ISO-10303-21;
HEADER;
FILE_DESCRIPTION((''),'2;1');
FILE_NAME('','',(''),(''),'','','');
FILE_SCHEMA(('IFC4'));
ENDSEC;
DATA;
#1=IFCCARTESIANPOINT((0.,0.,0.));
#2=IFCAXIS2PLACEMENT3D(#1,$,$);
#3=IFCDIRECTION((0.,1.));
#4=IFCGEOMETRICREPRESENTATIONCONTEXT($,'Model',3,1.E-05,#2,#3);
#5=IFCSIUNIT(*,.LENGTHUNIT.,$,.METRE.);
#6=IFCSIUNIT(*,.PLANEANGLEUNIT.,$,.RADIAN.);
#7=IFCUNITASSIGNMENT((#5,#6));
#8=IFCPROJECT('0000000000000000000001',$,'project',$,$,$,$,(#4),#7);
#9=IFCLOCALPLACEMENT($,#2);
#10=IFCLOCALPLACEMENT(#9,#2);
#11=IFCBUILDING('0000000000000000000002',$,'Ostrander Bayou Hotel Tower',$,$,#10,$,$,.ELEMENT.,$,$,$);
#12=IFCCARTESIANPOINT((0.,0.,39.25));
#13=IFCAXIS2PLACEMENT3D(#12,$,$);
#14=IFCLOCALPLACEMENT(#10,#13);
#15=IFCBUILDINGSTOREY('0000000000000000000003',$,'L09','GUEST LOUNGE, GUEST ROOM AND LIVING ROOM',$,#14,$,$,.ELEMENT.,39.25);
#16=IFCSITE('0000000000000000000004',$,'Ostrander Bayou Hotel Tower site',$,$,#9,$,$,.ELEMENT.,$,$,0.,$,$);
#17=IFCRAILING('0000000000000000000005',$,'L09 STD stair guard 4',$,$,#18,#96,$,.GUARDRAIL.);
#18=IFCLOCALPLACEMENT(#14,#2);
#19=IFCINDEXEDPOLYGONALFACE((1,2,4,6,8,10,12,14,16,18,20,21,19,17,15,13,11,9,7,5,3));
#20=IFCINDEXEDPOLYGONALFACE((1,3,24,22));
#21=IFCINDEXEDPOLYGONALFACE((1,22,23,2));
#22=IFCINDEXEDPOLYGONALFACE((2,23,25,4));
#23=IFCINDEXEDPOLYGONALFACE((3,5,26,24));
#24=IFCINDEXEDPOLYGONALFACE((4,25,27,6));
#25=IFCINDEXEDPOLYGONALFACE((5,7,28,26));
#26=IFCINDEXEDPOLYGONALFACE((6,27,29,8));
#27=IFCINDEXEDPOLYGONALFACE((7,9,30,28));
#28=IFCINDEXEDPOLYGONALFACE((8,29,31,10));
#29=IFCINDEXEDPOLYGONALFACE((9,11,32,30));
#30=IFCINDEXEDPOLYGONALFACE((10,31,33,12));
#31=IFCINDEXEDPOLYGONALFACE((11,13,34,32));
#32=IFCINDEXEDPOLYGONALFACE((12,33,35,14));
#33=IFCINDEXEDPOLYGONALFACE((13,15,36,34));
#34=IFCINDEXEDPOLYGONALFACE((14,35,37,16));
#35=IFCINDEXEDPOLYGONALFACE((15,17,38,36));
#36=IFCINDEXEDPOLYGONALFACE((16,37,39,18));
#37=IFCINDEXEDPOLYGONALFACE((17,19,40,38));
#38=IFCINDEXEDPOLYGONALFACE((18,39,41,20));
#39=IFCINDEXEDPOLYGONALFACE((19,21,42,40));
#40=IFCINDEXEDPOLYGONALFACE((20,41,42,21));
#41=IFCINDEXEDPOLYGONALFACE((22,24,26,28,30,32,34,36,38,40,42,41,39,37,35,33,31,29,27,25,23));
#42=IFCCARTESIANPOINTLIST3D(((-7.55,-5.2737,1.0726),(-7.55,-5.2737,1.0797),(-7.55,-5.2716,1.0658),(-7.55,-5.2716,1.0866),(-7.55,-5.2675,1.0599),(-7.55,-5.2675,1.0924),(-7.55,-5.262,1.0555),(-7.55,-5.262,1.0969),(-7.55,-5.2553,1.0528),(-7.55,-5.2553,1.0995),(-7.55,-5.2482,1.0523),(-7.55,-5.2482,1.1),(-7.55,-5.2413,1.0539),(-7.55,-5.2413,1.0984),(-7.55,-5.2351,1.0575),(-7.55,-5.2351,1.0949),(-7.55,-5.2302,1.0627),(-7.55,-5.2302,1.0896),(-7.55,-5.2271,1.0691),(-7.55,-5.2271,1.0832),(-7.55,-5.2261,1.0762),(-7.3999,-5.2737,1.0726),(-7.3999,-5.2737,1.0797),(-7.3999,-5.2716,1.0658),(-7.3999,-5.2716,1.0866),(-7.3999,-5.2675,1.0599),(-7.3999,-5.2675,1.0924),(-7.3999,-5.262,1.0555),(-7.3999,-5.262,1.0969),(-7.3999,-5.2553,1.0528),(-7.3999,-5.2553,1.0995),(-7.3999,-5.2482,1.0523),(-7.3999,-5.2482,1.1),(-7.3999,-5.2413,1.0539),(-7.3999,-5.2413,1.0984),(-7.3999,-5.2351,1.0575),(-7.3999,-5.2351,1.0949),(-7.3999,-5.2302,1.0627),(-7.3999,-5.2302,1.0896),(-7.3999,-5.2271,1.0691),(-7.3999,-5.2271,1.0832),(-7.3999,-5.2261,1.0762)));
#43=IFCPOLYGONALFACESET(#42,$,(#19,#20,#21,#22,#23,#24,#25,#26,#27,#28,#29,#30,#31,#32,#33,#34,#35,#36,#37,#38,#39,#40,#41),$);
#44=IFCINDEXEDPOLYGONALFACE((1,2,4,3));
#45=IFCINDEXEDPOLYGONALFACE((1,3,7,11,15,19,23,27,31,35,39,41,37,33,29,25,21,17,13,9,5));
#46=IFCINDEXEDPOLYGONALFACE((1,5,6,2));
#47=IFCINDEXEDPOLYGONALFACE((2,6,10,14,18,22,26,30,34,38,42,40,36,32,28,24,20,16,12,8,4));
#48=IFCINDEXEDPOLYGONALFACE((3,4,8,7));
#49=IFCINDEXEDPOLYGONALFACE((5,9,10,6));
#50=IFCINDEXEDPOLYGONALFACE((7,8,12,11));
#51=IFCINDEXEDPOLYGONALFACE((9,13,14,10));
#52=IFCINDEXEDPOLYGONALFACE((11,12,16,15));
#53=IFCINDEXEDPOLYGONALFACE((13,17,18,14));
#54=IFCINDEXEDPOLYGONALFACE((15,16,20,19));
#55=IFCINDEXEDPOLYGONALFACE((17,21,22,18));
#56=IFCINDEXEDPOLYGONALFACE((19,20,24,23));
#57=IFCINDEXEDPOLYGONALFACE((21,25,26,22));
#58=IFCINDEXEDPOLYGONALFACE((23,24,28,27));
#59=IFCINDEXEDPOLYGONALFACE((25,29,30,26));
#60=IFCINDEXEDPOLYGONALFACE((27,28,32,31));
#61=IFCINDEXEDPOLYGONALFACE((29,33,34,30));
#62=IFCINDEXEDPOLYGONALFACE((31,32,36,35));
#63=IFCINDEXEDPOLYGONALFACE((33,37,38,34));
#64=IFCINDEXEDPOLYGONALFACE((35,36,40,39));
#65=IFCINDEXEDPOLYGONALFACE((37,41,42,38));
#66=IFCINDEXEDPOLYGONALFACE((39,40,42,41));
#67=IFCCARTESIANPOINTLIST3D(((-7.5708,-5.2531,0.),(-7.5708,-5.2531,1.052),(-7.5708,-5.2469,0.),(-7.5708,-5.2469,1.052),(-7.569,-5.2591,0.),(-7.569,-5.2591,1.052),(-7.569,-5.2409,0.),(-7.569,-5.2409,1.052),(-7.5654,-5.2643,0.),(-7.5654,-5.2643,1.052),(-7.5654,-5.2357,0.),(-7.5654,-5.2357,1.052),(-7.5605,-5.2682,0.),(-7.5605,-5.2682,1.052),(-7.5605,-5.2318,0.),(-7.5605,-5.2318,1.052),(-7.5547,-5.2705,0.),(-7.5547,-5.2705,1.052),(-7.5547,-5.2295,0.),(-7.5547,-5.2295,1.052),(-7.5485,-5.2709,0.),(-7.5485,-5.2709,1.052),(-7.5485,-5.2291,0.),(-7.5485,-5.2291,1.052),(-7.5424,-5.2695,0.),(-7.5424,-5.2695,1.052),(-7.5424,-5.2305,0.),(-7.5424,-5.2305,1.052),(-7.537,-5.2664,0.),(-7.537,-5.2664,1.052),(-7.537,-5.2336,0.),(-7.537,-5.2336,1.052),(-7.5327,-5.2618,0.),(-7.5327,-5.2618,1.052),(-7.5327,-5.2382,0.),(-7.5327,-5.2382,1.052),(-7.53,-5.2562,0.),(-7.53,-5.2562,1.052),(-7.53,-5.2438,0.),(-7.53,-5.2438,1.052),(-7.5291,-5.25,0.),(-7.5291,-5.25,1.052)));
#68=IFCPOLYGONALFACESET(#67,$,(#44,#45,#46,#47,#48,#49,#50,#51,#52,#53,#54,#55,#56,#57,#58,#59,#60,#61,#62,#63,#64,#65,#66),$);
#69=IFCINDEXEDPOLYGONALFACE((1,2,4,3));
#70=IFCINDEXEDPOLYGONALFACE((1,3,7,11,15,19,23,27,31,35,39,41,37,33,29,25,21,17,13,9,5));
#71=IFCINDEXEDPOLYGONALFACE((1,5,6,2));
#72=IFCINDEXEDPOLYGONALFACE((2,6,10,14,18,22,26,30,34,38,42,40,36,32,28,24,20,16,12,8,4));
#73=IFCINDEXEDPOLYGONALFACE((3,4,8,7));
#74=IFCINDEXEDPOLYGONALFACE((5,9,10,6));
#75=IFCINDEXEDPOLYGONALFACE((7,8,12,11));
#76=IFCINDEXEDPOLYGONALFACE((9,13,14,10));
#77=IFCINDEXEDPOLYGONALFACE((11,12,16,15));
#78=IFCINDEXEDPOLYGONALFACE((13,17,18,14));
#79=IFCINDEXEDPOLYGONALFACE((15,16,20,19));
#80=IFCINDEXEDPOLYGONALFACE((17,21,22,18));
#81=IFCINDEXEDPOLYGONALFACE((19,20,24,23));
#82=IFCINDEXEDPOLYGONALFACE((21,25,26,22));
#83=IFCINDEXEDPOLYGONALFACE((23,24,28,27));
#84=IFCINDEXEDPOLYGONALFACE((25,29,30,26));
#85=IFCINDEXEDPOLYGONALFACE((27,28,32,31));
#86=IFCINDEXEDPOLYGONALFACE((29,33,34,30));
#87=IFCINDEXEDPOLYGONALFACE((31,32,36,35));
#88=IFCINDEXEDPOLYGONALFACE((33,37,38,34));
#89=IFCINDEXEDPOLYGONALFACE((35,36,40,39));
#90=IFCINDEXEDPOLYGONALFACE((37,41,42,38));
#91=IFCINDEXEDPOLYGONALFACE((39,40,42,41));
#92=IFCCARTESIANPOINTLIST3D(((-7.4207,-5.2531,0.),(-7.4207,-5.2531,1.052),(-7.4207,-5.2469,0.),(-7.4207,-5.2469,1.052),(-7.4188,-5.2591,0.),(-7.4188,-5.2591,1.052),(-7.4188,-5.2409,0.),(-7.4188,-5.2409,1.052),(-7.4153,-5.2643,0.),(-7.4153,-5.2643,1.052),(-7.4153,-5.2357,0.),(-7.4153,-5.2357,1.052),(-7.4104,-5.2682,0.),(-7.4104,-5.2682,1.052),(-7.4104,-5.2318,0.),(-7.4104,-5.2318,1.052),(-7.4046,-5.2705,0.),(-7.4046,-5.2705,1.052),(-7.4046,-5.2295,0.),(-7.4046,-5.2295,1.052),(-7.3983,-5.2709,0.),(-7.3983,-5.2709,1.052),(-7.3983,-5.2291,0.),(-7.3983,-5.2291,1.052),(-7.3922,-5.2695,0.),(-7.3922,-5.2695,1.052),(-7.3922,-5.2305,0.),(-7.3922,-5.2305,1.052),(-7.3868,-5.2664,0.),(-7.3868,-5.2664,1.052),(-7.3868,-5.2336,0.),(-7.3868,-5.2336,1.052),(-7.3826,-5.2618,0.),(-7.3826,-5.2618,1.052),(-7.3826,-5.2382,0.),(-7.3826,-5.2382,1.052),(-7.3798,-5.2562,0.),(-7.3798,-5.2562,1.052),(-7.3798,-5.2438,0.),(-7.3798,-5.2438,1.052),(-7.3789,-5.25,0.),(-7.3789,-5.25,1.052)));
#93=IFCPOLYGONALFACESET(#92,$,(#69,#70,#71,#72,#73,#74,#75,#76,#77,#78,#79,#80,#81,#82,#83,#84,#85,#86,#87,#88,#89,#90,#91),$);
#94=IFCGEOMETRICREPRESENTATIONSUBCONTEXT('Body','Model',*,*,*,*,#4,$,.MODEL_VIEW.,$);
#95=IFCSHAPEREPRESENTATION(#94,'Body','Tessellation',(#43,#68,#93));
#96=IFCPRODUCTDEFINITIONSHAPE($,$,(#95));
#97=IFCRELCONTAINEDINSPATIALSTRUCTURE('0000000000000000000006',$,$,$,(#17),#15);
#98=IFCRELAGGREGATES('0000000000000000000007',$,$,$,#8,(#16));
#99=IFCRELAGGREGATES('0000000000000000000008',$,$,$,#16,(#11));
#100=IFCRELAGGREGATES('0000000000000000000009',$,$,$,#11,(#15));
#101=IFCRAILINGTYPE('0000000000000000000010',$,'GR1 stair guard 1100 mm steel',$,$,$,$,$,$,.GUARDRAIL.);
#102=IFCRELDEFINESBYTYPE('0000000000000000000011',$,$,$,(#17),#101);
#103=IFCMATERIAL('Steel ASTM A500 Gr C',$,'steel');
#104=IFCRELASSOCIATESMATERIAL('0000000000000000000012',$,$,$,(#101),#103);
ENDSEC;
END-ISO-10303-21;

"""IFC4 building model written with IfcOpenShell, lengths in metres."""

from ifc_helpers import new_model, si_unit, direction, frame, origin, origin_2d, place, context, subcontext, project, spatial, circle, extrude, material, type_object, element, save


model = new_model("IFC4")

# Units and contexts
model_context = context("Model", 3, precision=1e-05, world=origin(), true_north=direction((0.0, 1.0)))
body_context = subcontext(model_context, "Body", "Model", "MODEL_VIEW")
ifc_project = project(units=[si_unit("LENGTHUNIT", "METRE"), si_unit("PLANEANGLEUNIT", "RADIAN")], contexts=[model_context])

# Site, building, storey
site_placement = place(None, origin())
site = spatial("IfcSite", under=ifc_project, at=site_placement, Name="Ostrander Bayou Hotel Tower site", CompositionType="ELEMENT", RefElevation=0.0)
building_placement = place(site_placement, origin())
building = spatial("IfcBuilding", under=site, at=building_placement, Name="Ostrander Bayou Hotel Tower", CompositionType="ELEMENT")
storey_placement = place(building_placement, frame((0.0, 0.0, 39.25)))
storey = spatial("IfcBuildingStorey", under=building, at=storey_placement, Name="L09", Description="GUEST LOUNGE, GUEST ROOM AND LIVING ROOM", CompositionType="ELEMENT", Elevation=39.25)

# Railing
ifc_material_1 = material(Name="Steel ASTM A500 Gr C", Category="steel")
railing_type_1 = type_object("IfcRailingType", Name="GR1 stair guard 1100 mm steel", PredefinedType="GUARDRAIL", material=ifc_material_1)
railing_1_placement = place(storey_placement, frame((-7.55, -5.25, 0.0)))
element("IfcRailing", 1, at=railing_1_placement, inside=storey, type_object=railing_type_1, Name="L09 STD stair guard 4", PredefinedType="GUARDRAIL", context=body_context, shape_type="SweptSolid", body=[
    extrude(circle(Radius=0.0239, at=origin_2d()), frame((0.0, 0.0, 1.0762), z_axis=(1.0, 0.0, 0.0), x_axis=(0.0, 1.0, 0.0)), (0.0, 0.0, 1.0), 0.1501),
    extrude(circle(Radius=0.021, at=origin_2d()), origin(), (0.0, 0.0, 1.0), 1.052),
    extrude(circle(Radius=0.021, at=origin_2d()), frame((0.1501, 0.0, 0.0)), (0.0, 0.0, 1.0), 1.052),
])

save(model, "model.ifc")
